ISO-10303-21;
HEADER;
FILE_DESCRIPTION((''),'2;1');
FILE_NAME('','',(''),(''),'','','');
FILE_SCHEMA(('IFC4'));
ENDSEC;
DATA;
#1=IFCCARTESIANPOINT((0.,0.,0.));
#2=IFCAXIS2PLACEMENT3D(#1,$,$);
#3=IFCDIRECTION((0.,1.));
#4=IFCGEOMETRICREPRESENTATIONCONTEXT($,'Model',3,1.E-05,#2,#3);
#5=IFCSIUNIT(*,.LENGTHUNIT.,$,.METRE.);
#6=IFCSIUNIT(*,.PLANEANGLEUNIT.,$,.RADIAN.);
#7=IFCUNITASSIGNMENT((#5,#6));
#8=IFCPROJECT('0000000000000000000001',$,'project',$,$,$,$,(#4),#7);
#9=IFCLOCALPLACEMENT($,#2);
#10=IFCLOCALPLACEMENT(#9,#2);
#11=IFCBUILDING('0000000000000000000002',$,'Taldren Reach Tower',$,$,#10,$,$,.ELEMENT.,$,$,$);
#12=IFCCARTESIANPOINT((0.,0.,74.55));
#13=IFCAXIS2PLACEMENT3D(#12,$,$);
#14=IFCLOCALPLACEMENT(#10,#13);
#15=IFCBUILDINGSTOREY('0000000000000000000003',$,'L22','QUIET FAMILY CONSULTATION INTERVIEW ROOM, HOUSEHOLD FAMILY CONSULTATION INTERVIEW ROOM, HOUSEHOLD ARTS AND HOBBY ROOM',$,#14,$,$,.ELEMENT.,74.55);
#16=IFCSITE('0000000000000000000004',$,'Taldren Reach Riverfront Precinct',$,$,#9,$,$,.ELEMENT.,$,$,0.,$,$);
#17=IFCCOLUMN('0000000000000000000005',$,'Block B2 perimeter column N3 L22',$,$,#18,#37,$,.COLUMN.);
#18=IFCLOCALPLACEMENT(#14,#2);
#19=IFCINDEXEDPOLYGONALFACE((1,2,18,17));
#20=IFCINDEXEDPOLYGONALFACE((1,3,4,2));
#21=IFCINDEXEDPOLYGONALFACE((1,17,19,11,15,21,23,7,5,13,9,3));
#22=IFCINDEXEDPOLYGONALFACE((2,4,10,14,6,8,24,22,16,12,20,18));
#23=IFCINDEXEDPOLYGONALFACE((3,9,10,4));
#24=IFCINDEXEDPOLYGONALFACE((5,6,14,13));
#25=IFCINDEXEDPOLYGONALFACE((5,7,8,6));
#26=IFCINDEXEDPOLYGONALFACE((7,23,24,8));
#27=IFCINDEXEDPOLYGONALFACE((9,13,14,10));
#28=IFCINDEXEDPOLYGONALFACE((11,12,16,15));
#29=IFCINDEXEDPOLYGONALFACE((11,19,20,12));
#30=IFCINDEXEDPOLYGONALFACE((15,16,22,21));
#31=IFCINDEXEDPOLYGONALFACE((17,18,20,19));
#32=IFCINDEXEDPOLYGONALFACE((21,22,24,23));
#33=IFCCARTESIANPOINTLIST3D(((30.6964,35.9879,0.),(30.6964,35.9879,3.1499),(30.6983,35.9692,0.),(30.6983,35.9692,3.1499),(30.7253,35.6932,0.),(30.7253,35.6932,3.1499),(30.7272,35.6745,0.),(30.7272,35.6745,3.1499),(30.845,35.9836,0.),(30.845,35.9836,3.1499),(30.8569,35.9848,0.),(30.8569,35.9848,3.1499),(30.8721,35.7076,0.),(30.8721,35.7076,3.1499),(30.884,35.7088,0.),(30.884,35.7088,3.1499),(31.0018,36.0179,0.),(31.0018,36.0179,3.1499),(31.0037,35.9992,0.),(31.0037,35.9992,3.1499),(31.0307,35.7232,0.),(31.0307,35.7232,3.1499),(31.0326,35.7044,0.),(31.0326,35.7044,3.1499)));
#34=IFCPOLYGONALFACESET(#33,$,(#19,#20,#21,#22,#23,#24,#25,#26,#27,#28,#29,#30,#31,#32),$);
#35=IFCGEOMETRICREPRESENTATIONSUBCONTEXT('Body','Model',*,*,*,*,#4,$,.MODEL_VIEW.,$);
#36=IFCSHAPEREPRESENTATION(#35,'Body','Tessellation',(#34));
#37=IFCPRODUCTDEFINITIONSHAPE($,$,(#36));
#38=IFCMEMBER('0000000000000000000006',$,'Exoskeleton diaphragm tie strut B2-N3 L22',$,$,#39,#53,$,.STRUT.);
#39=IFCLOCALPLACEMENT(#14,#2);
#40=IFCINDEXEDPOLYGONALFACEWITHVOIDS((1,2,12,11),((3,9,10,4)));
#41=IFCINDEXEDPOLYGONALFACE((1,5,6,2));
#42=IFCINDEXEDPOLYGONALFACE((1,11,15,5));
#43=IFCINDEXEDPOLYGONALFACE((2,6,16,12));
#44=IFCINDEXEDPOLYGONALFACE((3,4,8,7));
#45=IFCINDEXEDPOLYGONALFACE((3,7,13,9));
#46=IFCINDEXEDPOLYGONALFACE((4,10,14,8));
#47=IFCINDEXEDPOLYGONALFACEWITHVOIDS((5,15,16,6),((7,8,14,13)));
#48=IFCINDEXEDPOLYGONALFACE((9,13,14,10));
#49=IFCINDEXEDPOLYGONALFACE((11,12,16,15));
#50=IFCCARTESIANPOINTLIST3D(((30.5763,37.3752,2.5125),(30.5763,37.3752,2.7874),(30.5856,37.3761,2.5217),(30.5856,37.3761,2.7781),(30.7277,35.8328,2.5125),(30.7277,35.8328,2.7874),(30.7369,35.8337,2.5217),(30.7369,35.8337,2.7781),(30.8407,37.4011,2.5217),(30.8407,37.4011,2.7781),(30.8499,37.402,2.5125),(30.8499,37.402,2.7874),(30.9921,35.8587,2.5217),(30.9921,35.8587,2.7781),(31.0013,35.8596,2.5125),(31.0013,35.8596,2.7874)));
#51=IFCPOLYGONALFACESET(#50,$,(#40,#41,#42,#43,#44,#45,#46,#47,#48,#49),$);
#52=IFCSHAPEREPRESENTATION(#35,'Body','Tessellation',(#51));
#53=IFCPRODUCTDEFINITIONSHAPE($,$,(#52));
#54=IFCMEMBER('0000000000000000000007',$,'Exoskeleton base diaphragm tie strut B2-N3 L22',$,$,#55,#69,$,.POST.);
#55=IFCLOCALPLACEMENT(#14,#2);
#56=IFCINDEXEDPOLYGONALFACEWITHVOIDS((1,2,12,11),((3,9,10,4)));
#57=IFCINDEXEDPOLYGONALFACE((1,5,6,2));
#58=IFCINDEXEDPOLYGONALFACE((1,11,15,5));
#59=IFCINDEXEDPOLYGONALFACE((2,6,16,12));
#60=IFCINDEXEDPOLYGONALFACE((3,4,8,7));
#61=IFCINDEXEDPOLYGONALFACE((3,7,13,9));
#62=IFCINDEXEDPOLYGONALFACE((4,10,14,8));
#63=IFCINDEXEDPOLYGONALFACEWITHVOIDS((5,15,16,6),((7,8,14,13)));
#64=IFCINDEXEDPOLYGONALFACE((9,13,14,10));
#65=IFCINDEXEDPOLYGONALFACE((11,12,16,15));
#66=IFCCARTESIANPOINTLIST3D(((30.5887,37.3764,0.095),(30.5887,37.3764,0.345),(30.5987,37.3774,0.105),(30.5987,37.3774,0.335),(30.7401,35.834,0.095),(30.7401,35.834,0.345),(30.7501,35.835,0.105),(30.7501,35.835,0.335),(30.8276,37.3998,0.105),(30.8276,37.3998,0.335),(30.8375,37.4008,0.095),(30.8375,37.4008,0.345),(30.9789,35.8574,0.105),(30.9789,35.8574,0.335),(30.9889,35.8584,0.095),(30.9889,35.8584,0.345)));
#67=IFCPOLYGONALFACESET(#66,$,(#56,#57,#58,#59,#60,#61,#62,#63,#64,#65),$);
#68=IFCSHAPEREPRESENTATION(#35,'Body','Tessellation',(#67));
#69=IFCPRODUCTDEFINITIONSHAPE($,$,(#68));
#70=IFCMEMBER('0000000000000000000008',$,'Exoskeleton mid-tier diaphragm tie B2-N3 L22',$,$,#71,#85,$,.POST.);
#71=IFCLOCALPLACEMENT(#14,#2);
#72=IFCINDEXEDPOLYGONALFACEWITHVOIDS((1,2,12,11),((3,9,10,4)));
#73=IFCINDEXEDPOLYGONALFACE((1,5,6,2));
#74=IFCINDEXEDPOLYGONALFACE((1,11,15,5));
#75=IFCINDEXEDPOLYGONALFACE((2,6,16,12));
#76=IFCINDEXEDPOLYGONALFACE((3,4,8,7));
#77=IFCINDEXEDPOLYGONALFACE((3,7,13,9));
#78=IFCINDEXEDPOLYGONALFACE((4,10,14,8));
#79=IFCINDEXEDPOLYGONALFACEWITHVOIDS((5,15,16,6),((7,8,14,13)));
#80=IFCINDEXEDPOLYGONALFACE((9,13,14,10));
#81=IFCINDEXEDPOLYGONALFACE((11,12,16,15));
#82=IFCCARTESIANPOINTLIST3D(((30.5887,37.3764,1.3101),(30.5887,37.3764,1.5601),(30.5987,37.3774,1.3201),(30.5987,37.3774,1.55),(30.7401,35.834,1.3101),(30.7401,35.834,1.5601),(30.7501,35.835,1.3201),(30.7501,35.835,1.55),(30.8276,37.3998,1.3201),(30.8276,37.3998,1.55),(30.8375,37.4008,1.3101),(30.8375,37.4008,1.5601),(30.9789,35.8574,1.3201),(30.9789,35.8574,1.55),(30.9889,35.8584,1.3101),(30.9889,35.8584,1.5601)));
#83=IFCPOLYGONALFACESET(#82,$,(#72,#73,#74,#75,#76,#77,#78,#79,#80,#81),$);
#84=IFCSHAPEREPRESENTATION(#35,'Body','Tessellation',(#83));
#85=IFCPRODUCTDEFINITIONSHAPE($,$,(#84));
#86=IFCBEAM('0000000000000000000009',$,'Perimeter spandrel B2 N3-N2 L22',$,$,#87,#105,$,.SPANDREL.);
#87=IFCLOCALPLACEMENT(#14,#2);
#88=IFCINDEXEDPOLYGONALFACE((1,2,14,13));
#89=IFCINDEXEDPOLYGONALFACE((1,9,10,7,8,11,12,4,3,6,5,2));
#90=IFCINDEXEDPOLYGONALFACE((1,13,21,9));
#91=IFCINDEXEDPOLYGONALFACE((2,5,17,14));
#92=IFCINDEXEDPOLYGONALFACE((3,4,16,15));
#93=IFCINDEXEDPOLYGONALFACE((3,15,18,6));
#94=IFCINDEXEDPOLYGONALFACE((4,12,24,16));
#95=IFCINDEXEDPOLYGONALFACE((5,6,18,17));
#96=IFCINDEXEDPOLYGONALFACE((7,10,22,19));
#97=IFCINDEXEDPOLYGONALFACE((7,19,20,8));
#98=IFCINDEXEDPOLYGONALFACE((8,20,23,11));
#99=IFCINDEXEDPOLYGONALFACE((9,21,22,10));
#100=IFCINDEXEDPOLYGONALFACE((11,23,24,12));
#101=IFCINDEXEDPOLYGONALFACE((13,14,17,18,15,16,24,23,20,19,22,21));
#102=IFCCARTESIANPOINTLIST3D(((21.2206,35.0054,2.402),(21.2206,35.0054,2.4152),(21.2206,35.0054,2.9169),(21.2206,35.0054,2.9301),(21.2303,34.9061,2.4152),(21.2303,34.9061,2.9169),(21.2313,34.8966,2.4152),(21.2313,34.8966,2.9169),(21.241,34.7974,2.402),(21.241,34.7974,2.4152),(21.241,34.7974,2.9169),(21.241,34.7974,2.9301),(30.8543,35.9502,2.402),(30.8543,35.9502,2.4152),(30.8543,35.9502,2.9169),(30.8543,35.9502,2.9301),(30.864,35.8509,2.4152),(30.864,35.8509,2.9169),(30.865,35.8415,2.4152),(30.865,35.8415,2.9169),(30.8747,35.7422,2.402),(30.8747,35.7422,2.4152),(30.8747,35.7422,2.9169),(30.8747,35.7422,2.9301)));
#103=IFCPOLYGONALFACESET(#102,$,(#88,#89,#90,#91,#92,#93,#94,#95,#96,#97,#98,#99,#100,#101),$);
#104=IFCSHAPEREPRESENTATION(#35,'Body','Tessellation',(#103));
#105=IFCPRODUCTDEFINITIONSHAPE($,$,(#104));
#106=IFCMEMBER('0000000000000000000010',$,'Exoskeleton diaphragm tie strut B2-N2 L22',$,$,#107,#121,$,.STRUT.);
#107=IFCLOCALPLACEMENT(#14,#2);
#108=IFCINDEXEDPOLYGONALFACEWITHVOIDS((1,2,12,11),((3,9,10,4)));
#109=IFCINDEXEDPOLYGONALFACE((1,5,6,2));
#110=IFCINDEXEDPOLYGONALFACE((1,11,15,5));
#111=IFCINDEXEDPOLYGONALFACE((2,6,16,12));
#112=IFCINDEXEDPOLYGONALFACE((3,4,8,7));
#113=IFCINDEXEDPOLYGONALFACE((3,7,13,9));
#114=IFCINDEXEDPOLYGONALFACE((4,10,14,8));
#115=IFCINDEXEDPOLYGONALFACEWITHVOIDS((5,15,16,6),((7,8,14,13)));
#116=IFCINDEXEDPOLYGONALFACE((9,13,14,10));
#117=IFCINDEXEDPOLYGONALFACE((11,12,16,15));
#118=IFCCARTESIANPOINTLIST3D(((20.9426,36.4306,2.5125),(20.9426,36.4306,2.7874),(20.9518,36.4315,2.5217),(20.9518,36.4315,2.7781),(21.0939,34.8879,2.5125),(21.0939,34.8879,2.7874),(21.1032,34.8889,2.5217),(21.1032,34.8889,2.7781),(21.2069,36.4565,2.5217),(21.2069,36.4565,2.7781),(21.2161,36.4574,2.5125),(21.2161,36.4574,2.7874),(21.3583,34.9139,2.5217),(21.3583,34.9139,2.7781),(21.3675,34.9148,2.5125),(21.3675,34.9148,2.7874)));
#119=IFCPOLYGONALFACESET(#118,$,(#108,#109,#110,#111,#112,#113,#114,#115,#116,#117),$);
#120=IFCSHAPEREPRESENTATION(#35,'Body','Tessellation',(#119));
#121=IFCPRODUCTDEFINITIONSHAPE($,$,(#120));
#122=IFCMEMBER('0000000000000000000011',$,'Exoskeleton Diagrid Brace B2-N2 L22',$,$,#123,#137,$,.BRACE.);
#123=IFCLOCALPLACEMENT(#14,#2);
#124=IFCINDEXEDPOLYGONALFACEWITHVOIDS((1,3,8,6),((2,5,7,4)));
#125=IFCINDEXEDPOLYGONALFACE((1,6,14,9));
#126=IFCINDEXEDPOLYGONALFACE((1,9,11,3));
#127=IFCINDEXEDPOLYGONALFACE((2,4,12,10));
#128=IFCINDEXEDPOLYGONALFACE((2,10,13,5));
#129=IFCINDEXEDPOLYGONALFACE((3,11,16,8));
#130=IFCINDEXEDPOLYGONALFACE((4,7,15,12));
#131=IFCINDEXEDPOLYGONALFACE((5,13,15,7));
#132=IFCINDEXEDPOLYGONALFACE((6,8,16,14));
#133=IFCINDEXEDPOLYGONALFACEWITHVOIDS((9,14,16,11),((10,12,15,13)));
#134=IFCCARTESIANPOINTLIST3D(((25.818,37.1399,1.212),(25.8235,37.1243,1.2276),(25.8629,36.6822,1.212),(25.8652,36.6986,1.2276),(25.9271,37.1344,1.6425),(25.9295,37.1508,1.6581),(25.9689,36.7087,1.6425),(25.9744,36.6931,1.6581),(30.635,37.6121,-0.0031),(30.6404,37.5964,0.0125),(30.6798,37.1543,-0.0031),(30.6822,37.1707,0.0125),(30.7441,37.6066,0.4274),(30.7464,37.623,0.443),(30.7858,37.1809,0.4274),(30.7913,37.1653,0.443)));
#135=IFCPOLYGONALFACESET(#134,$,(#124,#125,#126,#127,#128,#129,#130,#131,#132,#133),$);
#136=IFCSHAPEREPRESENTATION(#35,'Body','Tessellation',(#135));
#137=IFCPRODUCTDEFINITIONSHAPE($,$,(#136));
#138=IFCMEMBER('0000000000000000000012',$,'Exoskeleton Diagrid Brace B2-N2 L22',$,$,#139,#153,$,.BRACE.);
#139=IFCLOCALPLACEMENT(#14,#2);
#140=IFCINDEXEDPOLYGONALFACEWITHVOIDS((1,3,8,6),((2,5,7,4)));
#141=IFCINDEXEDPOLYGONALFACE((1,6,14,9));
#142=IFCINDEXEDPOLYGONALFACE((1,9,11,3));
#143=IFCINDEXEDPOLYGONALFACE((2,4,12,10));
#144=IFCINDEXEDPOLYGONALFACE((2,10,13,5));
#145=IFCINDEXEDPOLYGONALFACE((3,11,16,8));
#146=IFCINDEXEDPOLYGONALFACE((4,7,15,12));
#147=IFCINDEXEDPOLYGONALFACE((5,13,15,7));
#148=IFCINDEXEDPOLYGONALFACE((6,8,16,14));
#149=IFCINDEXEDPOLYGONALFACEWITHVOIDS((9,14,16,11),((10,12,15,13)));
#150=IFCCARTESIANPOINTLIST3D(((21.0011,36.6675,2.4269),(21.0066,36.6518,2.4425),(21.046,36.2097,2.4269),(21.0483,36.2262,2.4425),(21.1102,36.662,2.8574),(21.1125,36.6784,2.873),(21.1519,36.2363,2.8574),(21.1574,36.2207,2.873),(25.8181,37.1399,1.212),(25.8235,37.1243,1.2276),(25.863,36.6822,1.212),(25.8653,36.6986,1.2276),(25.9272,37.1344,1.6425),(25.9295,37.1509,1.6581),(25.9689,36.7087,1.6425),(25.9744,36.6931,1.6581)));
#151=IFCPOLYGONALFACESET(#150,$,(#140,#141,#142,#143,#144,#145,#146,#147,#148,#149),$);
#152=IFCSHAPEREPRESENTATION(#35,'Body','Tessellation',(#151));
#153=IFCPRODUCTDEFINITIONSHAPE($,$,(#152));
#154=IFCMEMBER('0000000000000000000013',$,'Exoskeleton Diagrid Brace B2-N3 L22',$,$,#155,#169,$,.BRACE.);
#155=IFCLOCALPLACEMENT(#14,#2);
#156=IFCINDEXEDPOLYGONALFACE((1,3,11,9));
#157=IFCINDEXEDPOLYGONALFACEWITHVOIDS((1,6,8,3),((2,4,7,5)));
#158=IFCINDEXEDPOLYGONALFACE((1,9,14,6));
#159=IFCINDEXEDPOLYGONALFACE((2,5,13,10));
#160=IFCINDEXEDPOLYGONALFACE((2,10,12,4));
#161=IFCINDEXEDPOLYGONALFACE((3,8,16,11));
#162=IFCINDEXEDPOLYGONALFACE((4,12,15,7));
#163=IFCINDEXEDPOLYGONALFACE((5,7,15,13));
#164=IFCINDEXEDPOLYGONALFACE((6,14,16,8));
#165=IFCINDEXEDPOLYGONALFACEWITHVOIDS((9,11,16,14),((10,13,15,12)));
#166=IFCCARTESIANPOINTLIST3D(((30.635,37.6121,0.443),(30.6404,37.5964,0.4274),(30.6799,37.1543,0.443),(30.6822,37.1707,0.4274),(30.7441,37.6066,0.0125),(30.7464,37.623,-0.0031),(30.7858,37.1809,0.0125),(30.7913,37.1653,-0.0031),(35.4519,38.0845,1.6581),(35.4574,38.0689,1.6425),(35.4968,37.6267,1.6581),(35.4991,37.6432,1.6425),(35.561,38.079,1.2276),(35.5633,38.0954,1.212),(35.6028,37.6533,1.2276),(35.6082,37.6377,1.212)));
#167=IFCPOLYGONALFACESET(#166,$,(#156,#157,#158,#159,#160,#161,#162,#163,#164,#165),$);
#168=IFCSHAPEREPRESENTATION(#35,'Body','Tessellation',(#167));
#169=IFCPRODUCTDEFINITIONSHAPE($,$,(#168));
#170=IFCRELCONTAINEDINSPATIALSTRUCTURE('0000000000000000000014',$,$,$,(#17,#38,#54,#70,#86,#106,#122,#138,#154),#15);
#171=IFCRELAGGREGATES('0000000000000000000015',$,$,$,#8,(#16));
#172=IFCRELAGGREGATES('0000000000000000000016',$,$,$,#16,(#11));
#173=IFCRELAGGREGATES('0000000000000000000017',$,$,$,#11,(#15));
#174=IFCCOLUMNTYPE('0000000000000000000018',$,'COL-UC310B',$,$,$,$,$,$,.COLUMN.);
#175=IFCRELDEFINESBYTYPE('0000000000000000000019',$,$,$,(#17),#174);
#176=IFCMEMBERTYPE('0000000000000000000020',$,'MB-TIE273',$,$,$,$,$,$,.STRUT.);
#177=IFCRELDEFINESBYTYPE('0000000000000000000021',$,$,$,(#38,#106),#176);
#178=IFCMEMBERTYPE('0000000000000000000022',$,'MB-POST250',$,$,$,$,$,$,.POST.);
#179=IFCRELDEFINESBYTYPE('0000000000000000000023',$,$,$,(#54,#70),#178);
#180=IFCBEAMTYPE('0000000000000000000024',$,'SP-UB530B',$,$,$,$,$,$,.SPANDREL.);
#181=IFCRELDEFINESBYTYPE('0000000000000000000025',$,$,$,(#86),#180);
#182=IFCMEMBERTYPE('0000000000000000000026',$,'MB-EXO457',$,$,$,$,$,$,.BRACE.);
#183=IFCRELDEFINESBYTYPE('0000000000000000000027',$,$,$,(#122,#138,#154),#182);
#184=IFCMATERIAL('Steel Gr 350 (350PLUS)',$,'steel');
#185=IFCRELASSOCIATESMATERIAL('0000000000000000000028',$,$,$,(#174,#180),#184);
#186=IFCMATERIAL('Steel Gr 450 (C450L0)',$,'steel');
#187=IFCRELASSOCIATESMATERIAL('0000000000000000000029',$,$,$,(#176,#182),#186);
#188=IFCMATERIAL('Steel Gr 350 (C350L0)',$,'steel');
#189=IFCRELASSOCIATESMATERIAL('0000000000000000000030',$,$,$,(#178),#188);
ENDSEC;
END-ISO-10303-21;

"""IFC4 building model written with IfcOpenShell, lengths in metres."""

from ifc_helpers import new_model, si_unit, direction, frame, origin, origin_2d, place, context, subcontext, project, spatial, hollow_rectangle, i_section, extrude, source, transform, mapped, material, material_profile, profile_set, type_object, element, save


model = new_model("IFC4")

# Units and contexts
model_context = context("Model", 3, precision=1e-05, world=origin(), true_north=direction((0.0, 1.0)))
body_context = subcontext(model_context, "Body", "Model", "MODEL_VIEW")
ifc_project = project(units=[si_unit("LENGTHUNIT", "METRE"), si_unit("PLANEANGLEUNIT", "RADIAN")], contexts=[model_context])

# Site, building, storey
site_placement = place(None, origin())
site = spatial("IfcSite", under=ifc_project, at=site_placement, Name="Taldren Reach Riverfront Precinct", CompositionType="ELEMENT", RefElevation=0.0)
building_placement = place(site_placement, origin())
building = spatial("IfcBuilding", under=site, at=building_placement, Name="Taldren Reach Tower", CompositionType="ELEMENT")
storey_placement = place(building_placement, frame((0.0, 0.0, 74.55)))
storey = spatial("IfcBuildingStorey", under=building, at=storey_placement, Name="L22", Description="QUIET FAMILY CONSULTATION INTERVIEW ROOM, HOUSEHOLD FAMILY CONSULTATION INTERVIEW ROOM, HOUSEHOLD ARTS AND HOBBY ROOM", CompositionType="ELEMENT", Elevation=74.55)

# Column
ifc_material_1 = material(Name="Steel Gr 350 (350PLUS)", Category="steel")
ifc_material_profile_1 = material_profile(ifc_material_1, i_section(OverallWidth=0.3069, OverallDepth=0.3149, WebThickness=0.012, FlangeThickness=0.0188, at=origin_2d()), Name="310UC118")
ifc_profile_set_1 = profile_set([ifc_material_profile_1], Name="Steel Gr 350 (350PLUS)")
column_type = type_object("IfcColumnType", Name="COL-UC310B", PredefinedType="COLUMN", material=ifc_profile_set_1)
shared_shape_1 = source(origin(), body_context, "Body", "SweptSolid", [
    extrude(i_section(OverallWidth=0.3069, OverallDepth=0.3149, WebThickness=0.012, FlangeThickness=0.0188, at=origin_2d()), origin(), (0.0, 0.0, 1.0), 3.1499),
])
column_placement = place(storey_placement, frame((30.8645, 35.8462, 0.0), z_axis=(0.0, 0.0, 1.0), x_axis=(0.995227, 0.097583, 0.0)))
element("IfcColumn", 1, at=column_placement, inside=storey, type_object=column_type, Name="Block B2 perimeter column N3 L22", PredefinedType="COLUMN", context=body_context, shape_type="MappedRepresentation", body=[
    mapped(shared_shape_1, transform((0.0, 0.0, 0.0), scale=1.0)),
])

# Members
ifc_material_2 = material(Name="Steel Gr 450 (C450L0)", Category="steel")
ifc_material_profile_2 = material_profile(ifc_material_2, hollow_rectangle(XDim=0.2749, YDim=0.2749, WallThickness=0.0093, at=origin_2d()), Name="275x275x9.3SHS")
ifc_profile_set_2 = profile_set([ifc_material_profile_2], Name="Steel Gr 450 (C450L0)")
member_type_1 = type_object("IfcMemberType", Name="MB-TIE273", PredefinedType="STRUT", material=ifc_profile_set_2)
shared_shape_2 = source(origin(), body_context, "Body", "SweptSolid", [
    extrude(hollow_rectangle(XDim=0.2749, YDim=0.2749, WallThickness=0.0093, at=origin_2d()), origin(), (0.0, 0.0, 1.0), 1.5498),
])
member_1_placement = place(storey_placement, frame((30.8645, 35.8462, 2.6499), z_axis=(-0.097663, 0.99522, 0.0), x_axis=(-0.99522, -0.097663, 0.0)))
element("IfcMember", 2, at=member_1_placement, inside=storey, type_object=member_type_1, Name="Exoskeleton diaphragm tie strut B2-N3 L22", PredefinedType="STRUT", context=body_context, shape_type="MappedRepresentation", body=[
    mapped(shared_shape_2, transform((0.0, 0.0, 0.0), scale=1.0)),
])
ifc_material_3 = material(Name="Steel Gr 350 (C350L0)", Category="steel")
ifc_material_profile_3 = material_profile(ifc_material_3, hollow_rectangle(XDim=0.25, YDim=0.25, WallThickness=0.01, at=origin_2d()), Name="250x250x10.0SHS")
ifc_profile_set_3 = profile_set([ifc_material_profile_3], Name="Steel Gr 350 (C350L0)")
member_type_2 = type_object("IfcMemberType", Name="MB-POST250", PredefinedType="POST", material=ifc_profile_set_3)
shared_shape_3 = source(origin(), body_context, "Body", "SweptSolid", [
    extrude(hollow_rectangle(XDim=0.25, YDim=0.25, WallThickness=0.01, at=origin_2d()), origin(), (0.0, 0.0, 1.0), 1.5498),
])
for number, where, z_axis, x_axis, name in (
    (3, (30.8645, 35.8462, 0.22), (-0.097663, 0.99522, 0.0), (-0.99522, -0.097663, 0.0), "Exoskeleton base diaphragm tie strut B2-N3 L22"),
    (4, (30.8645, 35.8462, 1.4351), (-0.097663, 0.99522, 0.0), (-0.99522, -0.097663, 0.0), "Exoskeleton mid-tier diaphragm tie B2-N3 L22"),
):
    element("IfcMember", number, at=place(storey_placement, frame(where, z_axis=z_axis, x_axis=x_axis)), inside=storey, type_object=member_type_2, Name=name, PredefinedType="POST", context=body_context, shape_type="MappedRepresentation", body=[
        mapped(shared_shape_3, transform((0.0, 0.0, 0.0), scale=1.0)),
    ])

# Beam
ifc_material_profile_4 = material_profile(ifc_material_1, i_section(OverallWidth=0.209, OverallDepth=0.5281, WebThickness=0.0095, FlangeThickness=0.0132, at=origin_2d()), Name="530UB82.0")
ifc_profile_set_4 = profile_set([ifc_material_profile_4], Name="Steel Gr 350 (350PLUS)")
beam_type = type_object("IfcBeamType", Name="SP-UB530B", PredefinedType="SPANDREL", material=ifc_profile_set_4)
shared_shape_4 = source(origin(), body_context, "Body", "SweptSolid", [
    extrude(i_section(OverallWidth=0.209, OverallDepth=0.5281, WebThickness=0.0095, FlangeThickness=0.0132, at=origin_2d()), origin(), (0.0, 0.0, 1.0), 9.6799),
])
beam_placement = place(storey_placement, frame((30.8645, 35.8462, 2.666), z_axis=(-0.995225, -0.097606, 0.0), x_axis=(0.097606, -0.995225, 0.0)))
element("IfcBeam", 5, at=beam_placement, inside=storey, type_object=beam_type, Name="Perimeter spandrel B2 N3-N2 L22", PredefinedType="SPANDREL", context=body_context, shape_type="MappedRepresentation", body=[
    mapped(shared_shape_4, transform((0.0, 0.0, 0.0), scale=1.0)),
])

# Members
shared_shape_5 = source(origin(), body_context, "Body", "SweptSolid", [
    extrude(hollow_rectangle(XDim=0.2749, YDim=0.2749, WallThickness=0.0093, at=origin_2d()), origin(), (0.0, 0.0, 1.0), 1.55),
])
member_2_placement = place(storey_placement, frame((21.2307, 34.9014, 2.6499), z_axis=(-0.097648, 0.995221, 0.0), x_axis=(-0.995221, -0.097648, 0.0)))
element("IfcMember", 6, at=member_2_placement, inside=storey, type_object=member_type_1, Name="Exoskeleton diaphragm tie strut B2-N2 L22", PredefinedType="STRUT", context=body_context, shape_type="MappedRepresentation", body=[
    mapped(shared_shape_5, transform((0.0, 0.0, 0.0), scale=1.0)),
])
ifc_material_profile_5 = material_profile(ifc_material_2, hollow_rectangle(XDim=0.46, YDim=0.46, WallThickness=0.0161, at=origin_2d()), Name="460x460x16.0SHS")
ifc_profile_set_5 = profile_set([ifc_material_profile_5], Name="Steel Gr 450 (C450L0)")
member_type_3 = type_object("IfcMemberType", Name="MB-EXO457", PredefinedType="BRACE", material=ifc_profile_set_5)
shared_shape_6 = source(origin(), body_context, "Body", "SweptSolid", [
    extrude(hollow_rectangle(XDim=0.46, YDim=0.46, WallThickness=0.0161, at=origin_2d()), origin(), (0.0, 0.0, 1.0), 4.9902),
])
for number, where, z_axis, x_axis, name in (
    (7, (30.7131, 37.3887, 0.22), (-0.965276, -0.09462, 0.243496), (0.097556, -0.99523, 0.0), "Exoskeleton Diagrid Brace B2-N2 L22"),
    (8, (25.8962, 36.9165, 1.4351), (-0.965283, -0.094669, 0.243449), (0.097606, -0.995225, 0.0), "Exoskeleton Diagrid Brace B2-N2 L22"),
    (9, (30.7131, 37.3887, 0.22), (0.965271, 0.094668, 0.243495), (-0.097606, 0.995225, 0.0), "Exoskeleton Diagrid Brace B2-N3 L22"),
):
    element("IfcMember", number, at=place(storey_placement, frame(where, z_axis=z_axis, x_axis=x_axis)), inside=storey, type_object=member_type_3, Name=name, PredefinedType="BRACE", context=body_context, shape_type="MappedRepresentation", body=[
        mapped(shared_shape_6, transform((0.0, 0.0, 0.0), scale=1.0)),
    ])

save(model, "model.ifc")
